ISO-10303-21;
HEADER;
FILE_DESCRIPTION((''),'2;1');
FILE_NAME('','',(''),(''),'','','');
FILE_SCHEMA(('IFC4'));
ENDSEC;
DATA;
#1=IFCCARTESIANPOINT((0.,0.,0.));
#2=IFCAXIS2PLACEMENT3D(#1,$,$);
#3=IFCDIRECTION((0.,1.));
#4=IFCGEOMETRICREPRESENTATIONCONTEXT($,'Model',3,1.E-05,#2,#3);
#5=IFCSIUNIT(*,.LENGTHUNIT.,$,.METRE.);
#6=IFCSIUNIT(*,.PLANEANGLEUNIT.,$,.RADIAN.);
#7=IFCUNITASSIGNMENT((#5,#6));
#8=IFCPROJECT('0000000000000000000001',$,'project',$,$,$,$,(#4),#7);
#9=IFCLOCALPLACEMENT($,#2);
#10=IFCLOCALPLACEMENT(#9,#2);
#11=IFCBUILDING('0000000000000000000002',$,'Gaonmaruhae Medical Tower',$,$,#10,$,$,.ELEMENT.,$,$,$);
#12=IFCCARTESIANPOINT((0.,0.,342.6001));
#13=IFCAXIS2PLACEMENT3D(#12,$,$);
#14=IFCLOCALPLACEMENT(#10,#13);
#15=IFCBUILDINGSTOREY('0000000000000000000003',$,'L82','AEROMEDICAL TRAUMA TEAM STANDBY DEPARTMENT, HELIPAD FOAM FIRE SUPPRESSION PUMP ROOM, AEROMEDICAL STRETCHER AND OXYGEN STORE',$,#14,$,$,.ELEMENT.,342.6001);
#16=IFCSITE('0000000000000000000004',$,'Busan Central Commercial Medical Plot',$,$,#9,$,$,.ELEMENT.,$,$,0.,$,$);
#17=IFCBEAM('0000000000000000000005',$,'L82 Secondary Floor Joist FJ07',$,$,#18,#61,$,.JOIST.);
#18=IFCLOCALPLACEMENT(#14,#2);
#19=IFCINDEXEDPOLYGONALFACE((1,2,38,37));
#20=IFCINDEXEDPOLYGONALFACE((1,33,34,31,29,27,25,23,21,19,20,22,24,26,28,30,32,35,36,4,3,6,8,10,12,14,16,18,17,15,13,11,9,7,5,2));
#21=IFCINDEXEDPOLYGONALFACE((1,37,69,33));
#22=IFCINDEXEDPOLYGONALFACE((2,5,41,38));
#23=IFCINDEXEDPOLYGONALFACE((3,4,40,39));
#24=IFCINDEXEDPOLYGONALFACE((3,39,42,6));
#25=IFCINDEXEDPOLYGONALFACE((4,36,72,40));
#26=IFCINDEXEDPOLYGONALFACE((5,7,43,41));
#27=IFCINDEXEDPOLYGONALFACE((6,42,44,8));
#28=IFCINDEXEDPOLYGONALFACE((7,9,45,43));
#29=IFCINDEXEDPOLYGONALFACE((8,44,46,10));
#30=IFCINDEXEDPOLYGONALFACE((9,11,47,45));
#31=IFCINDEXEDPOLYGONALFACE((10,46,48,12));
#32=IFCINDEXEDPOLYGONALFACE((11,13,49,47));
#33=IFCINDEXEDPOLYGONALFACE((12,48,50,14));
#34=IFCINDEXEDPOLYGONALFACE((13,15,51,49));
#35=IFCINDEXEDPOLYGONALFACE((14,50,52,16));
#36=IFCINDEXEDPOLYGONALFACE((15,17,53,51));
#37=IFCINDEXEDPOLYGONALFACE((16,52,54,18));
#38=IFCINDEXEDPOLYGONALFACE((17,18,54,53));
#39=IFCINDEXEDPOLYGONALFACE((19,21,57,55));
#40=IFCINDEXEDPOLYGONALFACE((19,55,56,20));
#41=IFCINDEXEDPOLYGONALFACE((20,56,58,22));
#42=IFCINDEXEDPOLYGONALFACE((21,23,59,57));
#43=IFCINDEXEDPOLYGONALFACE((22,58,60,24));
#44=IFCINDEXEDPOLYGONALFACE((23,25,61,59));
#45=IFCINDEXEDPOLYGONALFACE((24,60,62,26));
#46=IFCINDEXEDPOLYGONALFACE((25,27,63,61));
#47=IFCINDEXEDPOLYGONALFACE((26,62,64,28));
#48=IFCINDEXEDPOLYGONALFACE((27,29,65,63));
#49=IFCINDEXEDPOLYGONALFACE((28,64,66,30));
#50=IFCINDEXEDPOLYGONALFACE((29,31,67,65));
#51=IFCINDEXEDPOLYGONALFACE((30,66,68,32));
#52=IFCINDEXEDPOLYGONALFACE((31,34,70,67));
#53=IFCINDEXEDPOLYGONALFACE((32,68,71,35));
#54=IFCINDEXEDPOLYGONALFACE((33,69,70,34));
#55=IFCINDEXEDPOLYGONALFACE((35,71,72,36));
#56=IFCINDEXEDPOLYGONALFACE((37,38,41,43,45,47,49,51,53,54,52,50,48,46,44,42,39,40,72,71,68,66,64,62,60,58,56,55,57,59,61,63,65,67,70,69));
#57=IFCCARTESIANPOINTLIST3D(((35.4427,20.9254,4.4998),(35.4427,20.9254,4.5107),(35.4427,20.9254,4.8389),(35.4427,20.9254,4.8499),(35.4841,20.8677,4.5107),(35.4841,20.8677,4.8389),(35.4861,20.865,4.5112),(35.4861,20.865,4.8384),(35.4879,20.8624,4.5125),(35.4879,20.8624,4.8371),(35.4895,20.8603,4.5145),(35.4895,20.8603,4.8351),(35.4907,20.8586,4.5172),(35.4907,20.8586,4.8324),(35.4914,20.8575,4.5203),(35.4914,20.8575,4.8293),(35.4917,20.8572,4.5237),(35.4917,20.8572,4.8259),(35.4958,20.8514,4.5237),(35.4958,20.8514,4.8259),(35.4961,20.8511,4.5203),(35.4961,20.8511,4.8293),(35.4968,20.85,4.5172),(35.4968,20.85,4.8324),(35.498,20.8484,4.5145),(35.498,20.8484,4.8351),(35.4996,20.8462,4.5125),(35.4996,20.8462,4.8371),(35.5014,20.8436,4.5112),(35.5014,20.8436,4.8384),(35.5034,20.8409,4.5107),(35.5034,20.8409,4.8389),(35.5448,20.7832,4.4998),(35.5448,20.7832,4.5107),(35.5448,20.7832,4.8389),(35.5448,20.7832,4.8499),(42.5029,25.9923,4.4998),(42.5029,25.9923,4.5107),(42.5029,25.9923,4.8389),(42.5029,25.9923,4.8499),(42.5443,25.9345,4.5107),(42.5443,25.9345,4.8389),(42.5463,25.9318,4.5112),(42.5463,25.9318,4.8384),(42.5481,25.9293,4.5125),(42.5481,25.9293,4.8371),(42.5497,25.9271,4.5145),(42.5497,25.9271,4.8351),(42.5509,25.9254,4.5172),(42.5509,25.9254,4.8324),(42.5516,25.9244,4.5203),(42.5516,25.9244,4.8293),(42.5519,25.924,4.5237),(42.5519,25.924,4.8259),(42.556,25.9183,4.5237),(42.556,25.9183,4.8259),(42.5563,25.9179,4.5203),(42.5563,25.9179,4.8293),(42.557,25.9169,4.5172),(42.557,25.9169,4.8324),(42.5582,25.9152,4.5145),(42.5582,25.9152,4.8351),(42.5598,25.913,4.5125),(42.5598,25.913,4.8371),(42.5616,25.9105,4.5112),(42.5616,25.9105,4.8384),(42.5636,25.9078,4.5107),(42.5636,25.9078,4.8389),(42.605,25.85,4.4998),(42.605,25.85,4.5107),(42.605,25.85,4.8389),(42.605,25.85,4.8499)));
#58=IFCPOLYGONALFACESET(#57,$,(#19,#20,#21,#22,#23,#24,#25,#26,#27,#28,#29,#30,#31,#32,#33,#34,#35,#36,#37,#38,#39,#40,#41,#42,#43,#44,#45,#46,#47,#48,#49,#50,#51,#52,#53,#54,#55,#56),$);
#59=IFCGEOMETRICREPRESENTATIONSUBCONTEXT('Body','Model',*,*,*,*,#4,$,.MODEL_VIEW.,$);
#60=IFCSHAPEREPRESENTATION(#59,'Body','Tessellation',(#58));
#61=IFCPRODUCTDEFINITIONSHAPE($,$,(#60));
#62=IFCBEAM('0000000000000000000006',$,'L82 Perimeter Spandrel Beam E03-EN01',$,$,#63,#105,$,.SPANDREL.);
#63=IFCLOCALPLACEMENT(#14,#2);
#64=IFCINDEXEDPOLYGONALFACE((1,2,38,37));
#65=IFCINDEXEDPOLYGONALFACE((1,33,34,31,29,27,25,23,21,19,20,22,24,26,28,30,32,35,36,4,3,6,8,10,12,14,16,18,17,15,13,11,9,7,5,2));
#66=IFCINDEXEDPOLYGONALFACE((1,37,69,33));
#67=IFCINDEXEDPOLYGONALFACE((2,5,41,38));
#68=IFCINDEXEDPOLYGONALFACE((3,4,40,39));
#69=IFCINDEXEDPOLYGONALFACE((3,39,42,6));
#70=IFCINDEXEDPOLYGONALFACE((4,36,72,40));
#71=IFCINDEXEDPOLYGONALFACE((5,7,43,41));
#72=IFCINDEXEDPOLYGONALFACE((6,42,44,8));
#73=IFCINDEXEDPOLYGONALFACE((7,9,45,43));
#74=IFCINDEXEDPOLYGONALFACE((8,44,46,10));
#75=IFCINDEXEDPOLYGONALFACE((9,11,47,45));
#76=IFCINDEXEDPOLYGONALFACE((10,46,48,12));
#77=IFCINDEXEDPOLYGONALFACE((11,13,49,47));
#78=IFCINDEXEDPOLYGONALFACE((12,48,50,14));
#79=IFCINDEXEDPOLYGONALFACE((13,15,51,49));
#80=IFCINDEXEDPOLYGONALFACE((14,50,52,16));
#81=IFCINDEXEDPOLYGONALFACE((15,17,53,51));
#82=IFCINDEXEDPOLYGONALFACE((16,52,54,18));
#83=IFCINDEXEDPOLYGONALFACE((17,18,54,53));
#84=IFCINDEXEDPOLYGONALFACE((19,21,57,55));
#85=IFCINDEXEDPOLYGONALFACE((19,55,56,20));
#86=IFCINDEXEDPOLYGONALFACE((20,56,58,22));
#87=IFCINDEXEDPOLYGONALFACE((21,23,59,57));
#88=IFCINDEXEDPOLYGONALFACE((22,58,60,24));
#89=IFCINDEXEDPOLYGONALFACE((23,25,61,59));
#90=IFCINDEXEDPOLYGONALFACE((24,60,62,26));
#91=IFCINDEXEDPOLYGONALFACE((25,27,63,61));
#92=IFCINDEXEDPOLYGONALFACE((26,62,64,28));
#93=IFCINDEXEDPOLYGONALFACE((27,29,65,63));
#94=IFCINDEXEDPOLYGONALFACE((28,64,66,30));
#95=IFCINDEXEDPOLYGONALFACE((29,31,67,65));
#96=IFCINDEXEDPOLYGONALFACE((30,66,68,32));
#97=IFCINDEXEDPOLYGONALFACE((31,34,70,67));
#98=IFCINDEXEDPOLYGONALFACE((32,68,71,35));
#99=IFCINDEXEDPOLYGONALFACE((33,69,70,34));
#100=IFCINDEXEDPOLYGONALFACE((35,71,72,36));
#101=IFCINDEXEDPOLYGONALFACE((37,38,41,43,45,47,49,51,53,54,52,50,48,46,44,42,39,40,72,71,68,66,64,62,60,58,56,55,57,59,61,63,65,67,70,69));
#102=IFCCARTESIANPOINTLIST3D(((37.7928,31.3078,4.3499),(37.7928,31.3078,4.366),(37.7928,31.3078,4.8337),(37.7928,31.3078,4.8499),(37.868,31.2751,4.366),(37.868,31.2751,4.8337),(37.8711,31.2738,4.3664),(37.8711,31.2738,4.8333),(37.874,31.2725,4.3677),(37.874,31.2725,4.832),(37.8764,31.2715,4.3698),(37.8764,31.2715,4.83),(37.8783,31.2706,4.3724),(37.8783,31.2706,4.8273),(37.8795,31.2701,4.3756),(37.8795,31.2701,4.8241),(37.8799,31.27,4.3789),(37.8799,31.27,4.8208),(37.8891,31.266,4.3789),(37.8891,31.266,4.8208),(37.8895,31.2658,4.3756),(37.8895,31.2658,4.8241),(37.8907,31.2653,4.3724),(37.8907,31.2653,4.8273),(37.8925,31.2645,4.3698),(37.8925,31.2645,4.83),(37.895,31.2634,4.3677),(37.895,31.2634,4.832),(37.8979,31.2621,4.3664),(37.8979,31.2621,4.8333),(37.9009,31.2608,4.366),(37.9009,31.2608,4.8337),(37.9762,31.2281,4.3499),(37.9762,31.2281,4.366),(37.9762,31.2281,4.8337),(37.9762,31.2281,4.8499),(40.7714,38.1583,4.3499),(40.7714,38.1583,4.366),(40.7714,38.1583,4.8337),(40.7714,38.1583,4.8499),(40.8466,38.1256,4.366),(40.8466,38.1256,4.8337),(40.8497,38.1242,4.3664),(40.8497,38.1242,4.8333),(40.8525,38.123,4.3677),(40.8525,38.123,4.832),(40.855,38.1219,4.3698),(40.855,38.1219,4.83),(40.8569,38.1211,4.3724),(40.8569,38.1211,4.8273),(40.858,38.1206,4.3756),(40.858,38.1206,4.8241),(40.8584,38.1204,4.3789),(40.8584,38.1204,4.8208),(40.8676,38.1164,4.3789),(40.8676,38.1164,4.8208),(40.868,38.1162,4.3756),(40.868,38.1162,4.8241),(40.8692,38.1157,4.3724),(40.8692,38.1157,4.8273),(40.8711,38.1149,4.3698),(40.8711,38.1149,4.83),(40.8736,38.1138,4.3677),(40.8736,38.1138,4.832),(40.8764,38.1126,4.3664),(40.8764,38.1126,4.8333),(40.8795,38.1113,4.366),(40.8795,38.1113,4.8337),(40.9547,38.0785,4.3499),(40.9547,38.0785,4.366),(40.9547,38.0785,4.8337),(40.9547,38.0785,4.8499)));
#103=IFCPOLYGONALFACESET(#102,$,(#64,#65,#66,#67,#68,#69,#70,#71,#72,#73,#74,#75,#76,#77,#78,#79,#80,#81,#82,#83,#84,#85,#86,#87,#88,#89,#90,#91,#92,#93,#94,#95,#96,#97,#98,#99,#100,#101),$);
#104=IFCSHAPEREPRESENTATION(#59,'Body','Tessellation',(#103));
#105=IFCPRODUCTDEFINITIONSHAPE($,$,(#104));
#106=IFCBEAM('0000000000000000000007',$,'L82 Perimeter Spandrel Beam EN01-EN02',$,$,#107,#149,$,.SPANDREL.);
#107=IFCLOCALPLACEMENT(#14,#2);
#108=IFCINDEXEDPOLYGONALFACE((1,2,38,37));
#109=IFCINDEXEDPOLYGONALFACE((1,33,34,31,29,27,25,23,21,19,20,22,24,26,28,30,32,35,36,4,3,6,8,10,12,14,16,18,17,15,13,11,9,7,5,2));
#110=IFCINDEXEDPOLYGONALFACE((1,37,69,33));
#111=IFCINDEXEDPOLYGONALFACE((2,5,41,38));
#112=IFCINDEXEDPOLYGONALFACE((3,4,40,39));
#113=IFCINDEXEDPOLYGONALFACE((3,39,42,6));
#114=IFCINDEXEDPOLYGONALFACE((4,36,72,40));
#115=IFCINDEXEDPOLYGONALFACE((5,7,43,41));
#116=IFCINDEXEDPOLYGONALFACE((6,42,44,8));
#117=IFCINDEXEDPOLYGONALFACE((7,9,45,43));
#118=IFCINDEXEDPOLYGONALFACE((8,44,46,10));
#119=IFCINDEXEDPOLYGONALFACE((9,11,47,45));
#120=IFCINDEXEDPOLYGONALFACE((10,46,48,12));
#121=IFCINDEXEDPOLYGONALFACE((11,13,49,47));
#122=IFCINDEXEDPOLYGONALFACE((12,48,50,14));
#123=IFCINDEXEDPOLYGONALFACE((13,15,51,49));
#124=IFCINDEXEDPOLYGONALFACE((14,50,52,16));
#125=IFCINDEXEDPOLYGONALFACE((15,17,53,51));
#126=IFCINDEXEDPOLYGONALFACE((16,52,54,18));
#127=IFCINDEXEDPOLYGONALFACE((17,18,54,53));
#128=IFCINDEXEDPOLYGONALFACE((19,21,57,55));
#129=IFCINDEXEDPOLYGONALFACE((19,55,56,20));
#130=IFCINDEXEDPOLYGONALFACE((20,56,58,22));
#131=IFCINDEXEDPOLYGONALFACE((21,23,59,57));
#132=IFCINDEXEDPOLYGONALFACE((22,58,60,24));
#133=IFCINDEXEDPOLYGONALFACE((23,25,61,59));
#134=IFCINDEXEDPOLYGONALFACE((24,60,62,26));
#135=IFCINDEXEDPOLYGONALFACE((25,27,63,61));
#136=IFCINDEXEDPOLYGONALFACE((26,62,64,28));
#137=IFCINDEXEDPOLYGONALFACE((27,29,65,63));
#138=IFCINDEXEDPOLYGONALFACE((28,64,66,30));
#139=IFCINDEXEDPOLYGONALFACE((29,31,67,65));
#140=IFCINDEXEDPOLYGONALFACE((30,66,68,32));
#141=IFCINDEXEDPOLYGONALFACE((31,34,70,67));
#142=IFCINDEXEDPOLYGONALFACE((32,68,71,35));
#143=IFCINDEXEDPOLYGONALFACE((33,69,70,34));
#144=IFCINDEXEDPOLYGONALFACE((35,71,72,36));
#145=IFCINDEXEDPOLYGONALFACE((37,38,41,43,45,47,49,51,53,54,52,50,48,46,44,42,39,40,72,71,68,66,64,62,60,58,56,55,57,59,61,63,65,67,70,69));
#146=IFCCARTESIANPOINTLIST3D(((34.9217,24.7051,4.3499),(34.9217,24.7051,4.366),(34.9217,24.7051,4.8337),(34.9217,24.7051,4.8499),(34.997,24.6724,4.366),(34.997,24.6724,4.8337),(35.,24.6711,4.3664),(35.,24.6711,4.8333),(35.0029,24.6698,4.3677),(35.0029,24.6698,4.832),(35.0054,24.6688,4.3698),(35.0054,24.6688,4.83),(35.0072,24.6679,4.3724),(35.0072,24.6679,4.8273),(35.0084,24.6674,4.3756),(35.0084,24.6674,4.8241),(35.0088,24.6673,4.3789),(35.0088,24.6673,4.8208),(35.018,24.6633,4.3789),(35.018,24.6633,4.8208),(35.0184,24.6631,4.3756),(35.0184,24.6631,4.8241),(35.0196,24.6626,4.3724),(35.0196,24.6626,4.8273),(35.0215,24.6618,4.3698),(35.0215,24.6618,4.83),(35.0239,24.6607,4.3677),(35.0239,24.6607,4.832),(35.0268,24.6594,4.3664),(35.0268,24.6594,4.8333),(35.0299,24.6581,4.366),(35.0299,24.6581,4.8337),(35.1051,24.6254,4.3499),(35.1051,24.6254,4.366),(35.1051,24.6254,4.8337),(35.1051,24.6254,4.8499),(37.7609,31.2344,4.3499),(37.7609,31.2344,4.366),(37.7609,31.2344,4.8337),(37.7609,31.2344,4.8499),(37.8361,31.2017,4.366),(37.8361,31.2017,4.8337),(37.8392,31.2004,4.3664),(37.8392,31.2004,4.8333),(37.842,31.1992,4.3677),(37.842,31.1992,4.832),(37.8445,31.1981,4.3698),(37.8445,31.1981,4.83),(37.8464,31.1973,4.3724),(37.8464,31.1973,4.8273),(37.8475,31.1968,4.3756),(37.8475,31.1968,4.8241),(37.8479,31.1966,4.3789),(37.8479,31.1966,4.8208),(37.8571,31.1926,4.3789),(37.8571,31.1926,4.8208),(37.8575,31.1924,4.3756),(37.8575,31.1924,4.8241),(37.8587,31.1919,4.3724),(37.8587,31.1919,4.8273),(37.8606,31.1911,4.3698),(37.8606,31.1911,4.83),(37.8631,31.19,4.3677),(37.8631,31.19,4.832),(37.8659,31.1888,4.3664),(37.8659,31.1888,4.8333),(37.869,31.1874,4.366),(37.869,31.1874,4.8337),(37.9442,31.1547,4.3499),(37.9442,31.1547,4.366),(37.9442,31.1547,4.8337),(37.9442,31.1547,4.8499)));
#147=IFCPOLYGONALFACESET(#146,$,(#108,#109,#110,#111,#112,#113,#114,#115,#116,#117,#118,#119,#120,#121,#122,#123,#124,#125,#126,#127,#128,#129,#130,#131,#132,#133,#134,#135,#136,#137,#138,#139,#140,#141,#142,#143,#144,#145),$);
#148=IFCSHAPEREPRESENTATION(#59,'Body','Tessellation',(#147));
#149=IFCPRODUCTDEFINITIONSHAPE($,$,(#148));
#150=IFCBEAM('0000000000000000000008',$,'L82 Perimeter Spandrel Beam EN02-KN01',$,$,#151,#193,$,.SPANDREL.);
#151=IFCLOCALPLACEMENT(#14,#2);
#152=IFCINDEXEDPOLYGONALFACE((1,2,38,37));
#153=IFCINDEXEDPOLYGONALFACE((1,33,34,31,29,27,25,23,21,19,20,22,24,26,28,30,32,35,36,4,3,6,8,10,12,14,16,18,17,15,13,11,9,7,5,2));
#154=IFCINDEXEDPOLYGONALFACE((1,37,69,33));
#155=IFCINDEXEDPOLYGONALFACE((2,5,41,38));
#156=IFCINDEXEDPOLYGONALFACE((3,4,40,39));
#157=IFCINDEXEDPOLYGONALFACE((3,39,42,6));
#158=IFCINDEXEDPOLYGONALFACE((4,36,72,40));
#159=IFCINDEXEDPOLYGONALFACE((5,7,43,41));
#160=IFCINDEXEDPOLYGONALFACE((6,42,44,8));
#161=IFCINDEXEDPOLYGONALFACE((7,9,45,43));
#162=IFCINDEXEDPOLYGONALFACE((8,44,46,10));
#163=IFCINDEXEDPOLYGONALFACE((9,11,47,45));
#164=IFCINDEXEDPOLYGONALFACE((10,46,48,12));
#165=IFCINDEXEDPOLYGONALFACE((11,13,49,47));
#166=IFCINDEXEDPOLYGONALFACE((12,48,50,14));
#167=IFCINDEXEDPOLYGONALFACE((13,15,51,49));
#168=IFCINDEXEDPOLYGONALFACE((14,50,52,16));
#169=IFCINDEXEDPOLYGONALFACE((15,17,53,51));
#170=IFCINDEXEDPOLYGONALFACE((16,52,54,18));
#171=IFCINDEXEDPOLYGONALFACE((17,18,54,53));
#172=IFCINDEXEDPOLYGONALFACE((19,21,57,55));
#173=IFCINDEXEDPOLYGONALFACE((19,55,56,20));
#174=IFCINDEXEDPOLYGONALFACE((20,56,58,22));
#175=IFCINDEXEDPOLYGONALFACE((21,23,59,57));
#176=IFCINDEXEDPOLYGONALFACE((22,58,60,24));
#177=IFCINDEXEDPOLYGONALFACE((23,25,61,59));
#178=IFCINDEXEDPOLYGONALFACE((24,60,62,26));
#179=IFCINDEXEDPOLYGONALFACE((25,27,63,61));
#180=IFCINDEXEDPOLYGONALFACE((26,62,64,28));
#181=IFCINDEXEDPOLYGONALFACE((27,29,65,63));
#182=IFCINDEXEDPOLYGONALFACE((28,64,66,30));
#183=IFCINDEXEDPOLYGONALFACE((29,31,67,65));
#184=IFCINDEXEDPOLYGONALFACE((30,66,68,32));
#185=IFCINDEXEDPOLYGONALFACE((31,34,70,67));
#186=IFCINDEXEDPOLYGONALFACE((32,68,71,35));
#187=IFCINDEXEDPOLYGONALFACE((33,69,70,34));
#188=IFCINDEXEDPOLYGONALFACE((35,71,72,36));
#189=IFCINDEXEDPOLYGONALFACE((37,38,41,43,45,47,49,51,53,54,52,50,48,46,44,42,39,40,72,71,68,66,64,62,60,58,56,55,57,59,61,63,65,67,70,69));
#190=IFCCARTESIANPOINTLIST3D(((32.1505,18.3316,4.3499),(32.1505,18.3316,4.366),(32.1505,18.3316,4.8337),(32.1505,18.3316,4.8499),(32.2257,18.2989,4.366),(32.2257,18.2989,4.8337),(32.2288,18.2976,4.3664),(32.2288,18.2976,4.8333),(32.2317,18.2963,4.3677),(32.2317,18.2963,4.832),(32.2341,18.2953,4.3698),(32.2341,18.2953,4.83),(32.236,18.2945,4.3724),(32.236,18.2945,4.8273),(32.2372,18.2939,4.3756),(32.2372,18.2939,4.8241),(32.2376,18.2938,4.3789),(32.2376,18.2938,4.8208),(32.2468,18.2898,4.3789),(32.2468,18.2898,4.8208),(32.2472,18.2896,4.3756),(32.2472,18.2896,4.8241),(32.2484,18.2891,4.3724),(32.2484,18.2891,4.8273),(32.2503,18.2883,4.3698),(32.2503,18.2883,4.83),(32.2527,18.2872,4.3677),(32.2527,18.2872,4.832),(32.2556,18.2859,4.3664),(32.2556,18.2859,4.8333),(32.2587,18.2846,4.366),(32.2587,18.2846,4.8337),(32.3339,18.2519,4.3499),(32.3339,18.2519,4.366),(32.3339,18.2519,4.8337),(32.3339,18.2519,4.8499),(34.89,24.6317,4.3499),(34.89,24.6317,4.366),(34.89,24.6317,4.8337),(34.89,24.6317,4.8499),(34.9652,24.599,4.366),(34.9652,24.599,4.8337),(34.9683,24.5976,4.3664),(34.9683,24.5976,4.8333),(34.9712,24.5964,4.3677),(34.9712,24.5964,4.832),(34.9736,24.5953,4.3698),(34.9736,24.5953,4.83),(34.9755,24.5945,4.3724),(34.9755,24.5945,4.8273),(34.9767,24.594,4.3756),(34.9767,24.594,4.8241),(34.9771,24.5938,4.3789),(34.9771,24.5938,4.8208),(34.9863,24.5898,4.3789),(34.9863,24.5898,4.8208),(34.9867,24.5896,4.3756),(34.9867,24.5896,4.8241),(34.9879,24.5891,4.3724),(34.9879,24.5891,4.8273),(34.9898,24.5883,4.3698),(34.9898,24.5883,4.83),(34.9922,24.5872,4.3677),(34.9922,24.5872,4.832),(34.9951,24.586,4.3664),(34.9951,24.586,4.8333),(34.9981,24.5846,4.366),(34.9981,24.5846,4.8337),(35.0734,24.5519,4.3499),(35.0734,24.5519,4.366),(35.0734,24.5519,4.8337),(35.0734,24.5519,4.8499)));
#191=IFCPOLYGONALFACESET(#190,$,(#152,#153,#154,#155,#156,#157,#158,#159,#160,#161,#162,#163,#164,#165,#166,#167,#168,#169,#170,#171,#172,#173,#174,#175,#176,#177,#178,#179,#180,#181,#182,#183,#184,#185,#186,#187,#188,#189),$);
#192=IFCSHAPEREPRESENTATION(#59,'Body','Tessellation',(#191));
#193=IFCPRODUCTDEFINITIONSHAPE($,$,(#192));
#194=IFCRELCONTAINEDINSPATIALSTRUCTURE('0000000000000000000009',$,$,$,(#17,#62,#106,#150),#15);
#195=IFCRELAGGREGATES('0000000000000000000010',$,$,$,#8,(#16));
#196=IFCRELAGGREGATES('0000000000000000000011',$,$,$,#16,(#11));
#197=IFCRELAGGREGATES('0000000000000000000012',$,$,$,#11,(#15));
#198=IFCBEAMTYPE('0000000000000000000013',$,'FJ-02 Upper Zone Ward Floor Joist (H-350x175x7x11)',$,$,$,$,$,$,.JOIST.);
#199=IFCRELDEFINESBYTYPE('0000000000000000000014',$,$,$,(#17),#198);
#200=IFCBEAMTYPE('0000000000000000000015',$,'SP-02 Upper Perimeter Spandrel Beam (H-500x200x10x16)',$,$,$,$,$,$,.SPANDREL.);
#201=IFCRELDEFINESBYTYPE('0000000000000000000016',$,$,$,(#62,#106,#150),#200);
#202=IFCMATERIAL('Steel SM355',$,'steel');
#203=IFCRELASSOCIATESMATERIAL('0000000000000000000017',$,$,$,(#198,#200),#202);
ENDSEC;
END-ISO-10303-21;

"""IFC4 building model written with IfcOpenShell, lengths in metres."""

from ifc_helpers import new_model, si_unit, direction, frame, origin, origin_2d, place, context, subcontext, project, spatial, i_section, extrude, material, material_profile, profile_set, type_object, element, save


model = new_model("IFC4")

# Units and contexts
model_context = context("Model", 3, precision=1e-05, world=origin(), true_north=direction((0.0, 1.0)))
body_context = subcontext(model_context, "Body", "Model", "MODEL_VIEW")
ifc_project = project(units=[si_unit("LENGTHUNIT", "METRE"), si_unit("PLANEANGLEUNIT", "RADIAN")], contexts=[model_context])

# Site, building, storey
site_placement = place(None, origin())
site = spatial("IfcSite", under=ifc_project, at=site_placement, Name="Busan Central Commercial Medical Plot", CompositionType="ELEMENT", RefElevation=0.0)
building_placement = place(site_placement, origin())
building = spatial("IfcBuilding", under=site, at=building_placement, Name="Gaonmaruhae Medical Tower", CompositionType="ELEMENT")
storey_placement = place(building_placement, frame((0.0, 0.0, 342.6001)))
storey = spatial("IfcBuildingStorey", under=building, at=storey_placement, Name="L82", Description="AEROMEDICAL TRAUMA TEAM STANDBY DEPARTMENT, HELIPAD FOAM FIRE SUPPRESSION PUMP ROOM, AEROMEDICAL STRETCHER AND OXYGEN STORE", CompositionType="ELEMENT", Elevation=342.6001)

# Beams
ifc_material_1 = material(Name="Steel SM355", Category="steel")
ifc_material_profile_1 = material_profile(ifc_material_1, i_section(OverallWidth=0.175, OverallDepth=0.3501, WebThickness=0.0071, FlangeThickness=0.011, FilletRadius=0.0129, at=origin_2d()), Name="H-350x175x7x11")
ifc_profile_set_1 = profile_set([ifc_material_profile_1], Name="Steel SM355")
beam_type_1 = type_object("IfcBeamType", Name="FJ-02 Upper Zone Ward Floor Joist (H-350x175x7x11)", PredefinedType="JOIST", material=ifc_profile_set_1)
beam_1_placement = place(storey_placement, frame((42.554, 25.9211, 4.6748), z_axis=(-0.812435, -0.583052, 0.0), x_axis=(0.583052, -0.812435, 0.0)))
element("IfcBeam", 1, at=beam_1_placement, inside=storey, type_object=beam_type_1, Name="L82 Secondary Floor Joist FJ07", PredefinedType="JOIST", context=body_context, shape_type="SweptSolid", body=[
    extrude(i_section(OverallWidth=0.175, OverallDepth=0.3501, WebThickness=0.0071, FlangeThickness=0.011, FilletRadius=0.0129, at=origin_2d()), origin(), (0.0, 0.0, 1.0), 8.6902),
])
ifc_material_profile_2 = material_profile(ifc_material_1, i_section(OverallWidth=0.2, OverallDepth=0.5, WebThickness=0.01, FlangeThickness=0.0161, FilletRadius=0.0129, at=origin_2d()), Name="H-500x200x10x16")
ifc_profile_set_2 = profile_set([ifc_material_profile_2], Name="Steel SM355")
beam_type_2 = type_object("IfcBeamType", Name="SP-02 Upper Perimeter Spandrel Beam (H-500x200x10x16)", PredefinedType="SPANDREL", material=ifc_profile_set_2)
beam_2_placement = place(storey_placement, frame((40.863, 38.1184, 4.5999), z_axis=(-0.398738, -0.917065, 0.0), x_axis=(0.917065, -0.398738, 0.0)))
element("IfcBeam", 2, at=beam_2_placement, inside=storey, type_object=beam_type_2, Name="L82 Perimeter Spandrel Beam E03-EN01", PredefinedType="SPANDREL", context=body_context, shape_type="SweptSolid", body=[
    extrude(i_section(OverallWidth=0.2, OverallDepth=0.5, WebThickness=0.01, FlangeThickness=0.0161, FilletRadius=0.0129, at=origin_2d()), origin(), (0.0, 0.0, 1.0), 7.47),
])
beam_3_placement = place(storey_placement, frame((37.8525, 31.1946, 4.5999), z_axis=(-0.39876, -0.917055, 0.0), x_axis=(0.917055, -0.39876, 0.0)))
element("IfcBeam", 3, at=beam_3_placement, inside=storey, type_object=beam_type_2, Name="L82 Perimeter Spandrel Beam EN01-EN02", PredefinedType="SPANDREL", context=body_context, shape_type="SweptSolid", body=[
    extrude(i_section(OverallWidth=0.2, OverallDepth=0.5, WebThickness=0.01, FlangeThickness=0.0161, FilletRadius=0.0129, at=origin_2d()), origin(), (0.0, 0.0, 1.0), 7.1199),
])
beam_4_placement = place(storey_placement, frame((34.9817, 24.5918, 4.5999), z_axis=(-0.398769, -0.917051, 0.0), x_axis=(0.917051, -0.398769, 0.0)))
element("IfcBeam", 4, at=beam_4_placement, inside=storey, type_object=beam_type_2, Name="L82 Perimeter Spandrel Beam EN02-KN01", PredefinedType="SPANDREL", context=body_context, shape_type="SweptSolid", body=[
    extrude(i_section(OverallWidth=0.2, OverallDepth=0.5, WebThickness=0.01, FlangeThickness=0.0161, FilletRadius=0.0129, at=origin_2d()), origin(), (0.0, 0.0, 1.0), 6.8699),
])

save(model, "model.ifc")
